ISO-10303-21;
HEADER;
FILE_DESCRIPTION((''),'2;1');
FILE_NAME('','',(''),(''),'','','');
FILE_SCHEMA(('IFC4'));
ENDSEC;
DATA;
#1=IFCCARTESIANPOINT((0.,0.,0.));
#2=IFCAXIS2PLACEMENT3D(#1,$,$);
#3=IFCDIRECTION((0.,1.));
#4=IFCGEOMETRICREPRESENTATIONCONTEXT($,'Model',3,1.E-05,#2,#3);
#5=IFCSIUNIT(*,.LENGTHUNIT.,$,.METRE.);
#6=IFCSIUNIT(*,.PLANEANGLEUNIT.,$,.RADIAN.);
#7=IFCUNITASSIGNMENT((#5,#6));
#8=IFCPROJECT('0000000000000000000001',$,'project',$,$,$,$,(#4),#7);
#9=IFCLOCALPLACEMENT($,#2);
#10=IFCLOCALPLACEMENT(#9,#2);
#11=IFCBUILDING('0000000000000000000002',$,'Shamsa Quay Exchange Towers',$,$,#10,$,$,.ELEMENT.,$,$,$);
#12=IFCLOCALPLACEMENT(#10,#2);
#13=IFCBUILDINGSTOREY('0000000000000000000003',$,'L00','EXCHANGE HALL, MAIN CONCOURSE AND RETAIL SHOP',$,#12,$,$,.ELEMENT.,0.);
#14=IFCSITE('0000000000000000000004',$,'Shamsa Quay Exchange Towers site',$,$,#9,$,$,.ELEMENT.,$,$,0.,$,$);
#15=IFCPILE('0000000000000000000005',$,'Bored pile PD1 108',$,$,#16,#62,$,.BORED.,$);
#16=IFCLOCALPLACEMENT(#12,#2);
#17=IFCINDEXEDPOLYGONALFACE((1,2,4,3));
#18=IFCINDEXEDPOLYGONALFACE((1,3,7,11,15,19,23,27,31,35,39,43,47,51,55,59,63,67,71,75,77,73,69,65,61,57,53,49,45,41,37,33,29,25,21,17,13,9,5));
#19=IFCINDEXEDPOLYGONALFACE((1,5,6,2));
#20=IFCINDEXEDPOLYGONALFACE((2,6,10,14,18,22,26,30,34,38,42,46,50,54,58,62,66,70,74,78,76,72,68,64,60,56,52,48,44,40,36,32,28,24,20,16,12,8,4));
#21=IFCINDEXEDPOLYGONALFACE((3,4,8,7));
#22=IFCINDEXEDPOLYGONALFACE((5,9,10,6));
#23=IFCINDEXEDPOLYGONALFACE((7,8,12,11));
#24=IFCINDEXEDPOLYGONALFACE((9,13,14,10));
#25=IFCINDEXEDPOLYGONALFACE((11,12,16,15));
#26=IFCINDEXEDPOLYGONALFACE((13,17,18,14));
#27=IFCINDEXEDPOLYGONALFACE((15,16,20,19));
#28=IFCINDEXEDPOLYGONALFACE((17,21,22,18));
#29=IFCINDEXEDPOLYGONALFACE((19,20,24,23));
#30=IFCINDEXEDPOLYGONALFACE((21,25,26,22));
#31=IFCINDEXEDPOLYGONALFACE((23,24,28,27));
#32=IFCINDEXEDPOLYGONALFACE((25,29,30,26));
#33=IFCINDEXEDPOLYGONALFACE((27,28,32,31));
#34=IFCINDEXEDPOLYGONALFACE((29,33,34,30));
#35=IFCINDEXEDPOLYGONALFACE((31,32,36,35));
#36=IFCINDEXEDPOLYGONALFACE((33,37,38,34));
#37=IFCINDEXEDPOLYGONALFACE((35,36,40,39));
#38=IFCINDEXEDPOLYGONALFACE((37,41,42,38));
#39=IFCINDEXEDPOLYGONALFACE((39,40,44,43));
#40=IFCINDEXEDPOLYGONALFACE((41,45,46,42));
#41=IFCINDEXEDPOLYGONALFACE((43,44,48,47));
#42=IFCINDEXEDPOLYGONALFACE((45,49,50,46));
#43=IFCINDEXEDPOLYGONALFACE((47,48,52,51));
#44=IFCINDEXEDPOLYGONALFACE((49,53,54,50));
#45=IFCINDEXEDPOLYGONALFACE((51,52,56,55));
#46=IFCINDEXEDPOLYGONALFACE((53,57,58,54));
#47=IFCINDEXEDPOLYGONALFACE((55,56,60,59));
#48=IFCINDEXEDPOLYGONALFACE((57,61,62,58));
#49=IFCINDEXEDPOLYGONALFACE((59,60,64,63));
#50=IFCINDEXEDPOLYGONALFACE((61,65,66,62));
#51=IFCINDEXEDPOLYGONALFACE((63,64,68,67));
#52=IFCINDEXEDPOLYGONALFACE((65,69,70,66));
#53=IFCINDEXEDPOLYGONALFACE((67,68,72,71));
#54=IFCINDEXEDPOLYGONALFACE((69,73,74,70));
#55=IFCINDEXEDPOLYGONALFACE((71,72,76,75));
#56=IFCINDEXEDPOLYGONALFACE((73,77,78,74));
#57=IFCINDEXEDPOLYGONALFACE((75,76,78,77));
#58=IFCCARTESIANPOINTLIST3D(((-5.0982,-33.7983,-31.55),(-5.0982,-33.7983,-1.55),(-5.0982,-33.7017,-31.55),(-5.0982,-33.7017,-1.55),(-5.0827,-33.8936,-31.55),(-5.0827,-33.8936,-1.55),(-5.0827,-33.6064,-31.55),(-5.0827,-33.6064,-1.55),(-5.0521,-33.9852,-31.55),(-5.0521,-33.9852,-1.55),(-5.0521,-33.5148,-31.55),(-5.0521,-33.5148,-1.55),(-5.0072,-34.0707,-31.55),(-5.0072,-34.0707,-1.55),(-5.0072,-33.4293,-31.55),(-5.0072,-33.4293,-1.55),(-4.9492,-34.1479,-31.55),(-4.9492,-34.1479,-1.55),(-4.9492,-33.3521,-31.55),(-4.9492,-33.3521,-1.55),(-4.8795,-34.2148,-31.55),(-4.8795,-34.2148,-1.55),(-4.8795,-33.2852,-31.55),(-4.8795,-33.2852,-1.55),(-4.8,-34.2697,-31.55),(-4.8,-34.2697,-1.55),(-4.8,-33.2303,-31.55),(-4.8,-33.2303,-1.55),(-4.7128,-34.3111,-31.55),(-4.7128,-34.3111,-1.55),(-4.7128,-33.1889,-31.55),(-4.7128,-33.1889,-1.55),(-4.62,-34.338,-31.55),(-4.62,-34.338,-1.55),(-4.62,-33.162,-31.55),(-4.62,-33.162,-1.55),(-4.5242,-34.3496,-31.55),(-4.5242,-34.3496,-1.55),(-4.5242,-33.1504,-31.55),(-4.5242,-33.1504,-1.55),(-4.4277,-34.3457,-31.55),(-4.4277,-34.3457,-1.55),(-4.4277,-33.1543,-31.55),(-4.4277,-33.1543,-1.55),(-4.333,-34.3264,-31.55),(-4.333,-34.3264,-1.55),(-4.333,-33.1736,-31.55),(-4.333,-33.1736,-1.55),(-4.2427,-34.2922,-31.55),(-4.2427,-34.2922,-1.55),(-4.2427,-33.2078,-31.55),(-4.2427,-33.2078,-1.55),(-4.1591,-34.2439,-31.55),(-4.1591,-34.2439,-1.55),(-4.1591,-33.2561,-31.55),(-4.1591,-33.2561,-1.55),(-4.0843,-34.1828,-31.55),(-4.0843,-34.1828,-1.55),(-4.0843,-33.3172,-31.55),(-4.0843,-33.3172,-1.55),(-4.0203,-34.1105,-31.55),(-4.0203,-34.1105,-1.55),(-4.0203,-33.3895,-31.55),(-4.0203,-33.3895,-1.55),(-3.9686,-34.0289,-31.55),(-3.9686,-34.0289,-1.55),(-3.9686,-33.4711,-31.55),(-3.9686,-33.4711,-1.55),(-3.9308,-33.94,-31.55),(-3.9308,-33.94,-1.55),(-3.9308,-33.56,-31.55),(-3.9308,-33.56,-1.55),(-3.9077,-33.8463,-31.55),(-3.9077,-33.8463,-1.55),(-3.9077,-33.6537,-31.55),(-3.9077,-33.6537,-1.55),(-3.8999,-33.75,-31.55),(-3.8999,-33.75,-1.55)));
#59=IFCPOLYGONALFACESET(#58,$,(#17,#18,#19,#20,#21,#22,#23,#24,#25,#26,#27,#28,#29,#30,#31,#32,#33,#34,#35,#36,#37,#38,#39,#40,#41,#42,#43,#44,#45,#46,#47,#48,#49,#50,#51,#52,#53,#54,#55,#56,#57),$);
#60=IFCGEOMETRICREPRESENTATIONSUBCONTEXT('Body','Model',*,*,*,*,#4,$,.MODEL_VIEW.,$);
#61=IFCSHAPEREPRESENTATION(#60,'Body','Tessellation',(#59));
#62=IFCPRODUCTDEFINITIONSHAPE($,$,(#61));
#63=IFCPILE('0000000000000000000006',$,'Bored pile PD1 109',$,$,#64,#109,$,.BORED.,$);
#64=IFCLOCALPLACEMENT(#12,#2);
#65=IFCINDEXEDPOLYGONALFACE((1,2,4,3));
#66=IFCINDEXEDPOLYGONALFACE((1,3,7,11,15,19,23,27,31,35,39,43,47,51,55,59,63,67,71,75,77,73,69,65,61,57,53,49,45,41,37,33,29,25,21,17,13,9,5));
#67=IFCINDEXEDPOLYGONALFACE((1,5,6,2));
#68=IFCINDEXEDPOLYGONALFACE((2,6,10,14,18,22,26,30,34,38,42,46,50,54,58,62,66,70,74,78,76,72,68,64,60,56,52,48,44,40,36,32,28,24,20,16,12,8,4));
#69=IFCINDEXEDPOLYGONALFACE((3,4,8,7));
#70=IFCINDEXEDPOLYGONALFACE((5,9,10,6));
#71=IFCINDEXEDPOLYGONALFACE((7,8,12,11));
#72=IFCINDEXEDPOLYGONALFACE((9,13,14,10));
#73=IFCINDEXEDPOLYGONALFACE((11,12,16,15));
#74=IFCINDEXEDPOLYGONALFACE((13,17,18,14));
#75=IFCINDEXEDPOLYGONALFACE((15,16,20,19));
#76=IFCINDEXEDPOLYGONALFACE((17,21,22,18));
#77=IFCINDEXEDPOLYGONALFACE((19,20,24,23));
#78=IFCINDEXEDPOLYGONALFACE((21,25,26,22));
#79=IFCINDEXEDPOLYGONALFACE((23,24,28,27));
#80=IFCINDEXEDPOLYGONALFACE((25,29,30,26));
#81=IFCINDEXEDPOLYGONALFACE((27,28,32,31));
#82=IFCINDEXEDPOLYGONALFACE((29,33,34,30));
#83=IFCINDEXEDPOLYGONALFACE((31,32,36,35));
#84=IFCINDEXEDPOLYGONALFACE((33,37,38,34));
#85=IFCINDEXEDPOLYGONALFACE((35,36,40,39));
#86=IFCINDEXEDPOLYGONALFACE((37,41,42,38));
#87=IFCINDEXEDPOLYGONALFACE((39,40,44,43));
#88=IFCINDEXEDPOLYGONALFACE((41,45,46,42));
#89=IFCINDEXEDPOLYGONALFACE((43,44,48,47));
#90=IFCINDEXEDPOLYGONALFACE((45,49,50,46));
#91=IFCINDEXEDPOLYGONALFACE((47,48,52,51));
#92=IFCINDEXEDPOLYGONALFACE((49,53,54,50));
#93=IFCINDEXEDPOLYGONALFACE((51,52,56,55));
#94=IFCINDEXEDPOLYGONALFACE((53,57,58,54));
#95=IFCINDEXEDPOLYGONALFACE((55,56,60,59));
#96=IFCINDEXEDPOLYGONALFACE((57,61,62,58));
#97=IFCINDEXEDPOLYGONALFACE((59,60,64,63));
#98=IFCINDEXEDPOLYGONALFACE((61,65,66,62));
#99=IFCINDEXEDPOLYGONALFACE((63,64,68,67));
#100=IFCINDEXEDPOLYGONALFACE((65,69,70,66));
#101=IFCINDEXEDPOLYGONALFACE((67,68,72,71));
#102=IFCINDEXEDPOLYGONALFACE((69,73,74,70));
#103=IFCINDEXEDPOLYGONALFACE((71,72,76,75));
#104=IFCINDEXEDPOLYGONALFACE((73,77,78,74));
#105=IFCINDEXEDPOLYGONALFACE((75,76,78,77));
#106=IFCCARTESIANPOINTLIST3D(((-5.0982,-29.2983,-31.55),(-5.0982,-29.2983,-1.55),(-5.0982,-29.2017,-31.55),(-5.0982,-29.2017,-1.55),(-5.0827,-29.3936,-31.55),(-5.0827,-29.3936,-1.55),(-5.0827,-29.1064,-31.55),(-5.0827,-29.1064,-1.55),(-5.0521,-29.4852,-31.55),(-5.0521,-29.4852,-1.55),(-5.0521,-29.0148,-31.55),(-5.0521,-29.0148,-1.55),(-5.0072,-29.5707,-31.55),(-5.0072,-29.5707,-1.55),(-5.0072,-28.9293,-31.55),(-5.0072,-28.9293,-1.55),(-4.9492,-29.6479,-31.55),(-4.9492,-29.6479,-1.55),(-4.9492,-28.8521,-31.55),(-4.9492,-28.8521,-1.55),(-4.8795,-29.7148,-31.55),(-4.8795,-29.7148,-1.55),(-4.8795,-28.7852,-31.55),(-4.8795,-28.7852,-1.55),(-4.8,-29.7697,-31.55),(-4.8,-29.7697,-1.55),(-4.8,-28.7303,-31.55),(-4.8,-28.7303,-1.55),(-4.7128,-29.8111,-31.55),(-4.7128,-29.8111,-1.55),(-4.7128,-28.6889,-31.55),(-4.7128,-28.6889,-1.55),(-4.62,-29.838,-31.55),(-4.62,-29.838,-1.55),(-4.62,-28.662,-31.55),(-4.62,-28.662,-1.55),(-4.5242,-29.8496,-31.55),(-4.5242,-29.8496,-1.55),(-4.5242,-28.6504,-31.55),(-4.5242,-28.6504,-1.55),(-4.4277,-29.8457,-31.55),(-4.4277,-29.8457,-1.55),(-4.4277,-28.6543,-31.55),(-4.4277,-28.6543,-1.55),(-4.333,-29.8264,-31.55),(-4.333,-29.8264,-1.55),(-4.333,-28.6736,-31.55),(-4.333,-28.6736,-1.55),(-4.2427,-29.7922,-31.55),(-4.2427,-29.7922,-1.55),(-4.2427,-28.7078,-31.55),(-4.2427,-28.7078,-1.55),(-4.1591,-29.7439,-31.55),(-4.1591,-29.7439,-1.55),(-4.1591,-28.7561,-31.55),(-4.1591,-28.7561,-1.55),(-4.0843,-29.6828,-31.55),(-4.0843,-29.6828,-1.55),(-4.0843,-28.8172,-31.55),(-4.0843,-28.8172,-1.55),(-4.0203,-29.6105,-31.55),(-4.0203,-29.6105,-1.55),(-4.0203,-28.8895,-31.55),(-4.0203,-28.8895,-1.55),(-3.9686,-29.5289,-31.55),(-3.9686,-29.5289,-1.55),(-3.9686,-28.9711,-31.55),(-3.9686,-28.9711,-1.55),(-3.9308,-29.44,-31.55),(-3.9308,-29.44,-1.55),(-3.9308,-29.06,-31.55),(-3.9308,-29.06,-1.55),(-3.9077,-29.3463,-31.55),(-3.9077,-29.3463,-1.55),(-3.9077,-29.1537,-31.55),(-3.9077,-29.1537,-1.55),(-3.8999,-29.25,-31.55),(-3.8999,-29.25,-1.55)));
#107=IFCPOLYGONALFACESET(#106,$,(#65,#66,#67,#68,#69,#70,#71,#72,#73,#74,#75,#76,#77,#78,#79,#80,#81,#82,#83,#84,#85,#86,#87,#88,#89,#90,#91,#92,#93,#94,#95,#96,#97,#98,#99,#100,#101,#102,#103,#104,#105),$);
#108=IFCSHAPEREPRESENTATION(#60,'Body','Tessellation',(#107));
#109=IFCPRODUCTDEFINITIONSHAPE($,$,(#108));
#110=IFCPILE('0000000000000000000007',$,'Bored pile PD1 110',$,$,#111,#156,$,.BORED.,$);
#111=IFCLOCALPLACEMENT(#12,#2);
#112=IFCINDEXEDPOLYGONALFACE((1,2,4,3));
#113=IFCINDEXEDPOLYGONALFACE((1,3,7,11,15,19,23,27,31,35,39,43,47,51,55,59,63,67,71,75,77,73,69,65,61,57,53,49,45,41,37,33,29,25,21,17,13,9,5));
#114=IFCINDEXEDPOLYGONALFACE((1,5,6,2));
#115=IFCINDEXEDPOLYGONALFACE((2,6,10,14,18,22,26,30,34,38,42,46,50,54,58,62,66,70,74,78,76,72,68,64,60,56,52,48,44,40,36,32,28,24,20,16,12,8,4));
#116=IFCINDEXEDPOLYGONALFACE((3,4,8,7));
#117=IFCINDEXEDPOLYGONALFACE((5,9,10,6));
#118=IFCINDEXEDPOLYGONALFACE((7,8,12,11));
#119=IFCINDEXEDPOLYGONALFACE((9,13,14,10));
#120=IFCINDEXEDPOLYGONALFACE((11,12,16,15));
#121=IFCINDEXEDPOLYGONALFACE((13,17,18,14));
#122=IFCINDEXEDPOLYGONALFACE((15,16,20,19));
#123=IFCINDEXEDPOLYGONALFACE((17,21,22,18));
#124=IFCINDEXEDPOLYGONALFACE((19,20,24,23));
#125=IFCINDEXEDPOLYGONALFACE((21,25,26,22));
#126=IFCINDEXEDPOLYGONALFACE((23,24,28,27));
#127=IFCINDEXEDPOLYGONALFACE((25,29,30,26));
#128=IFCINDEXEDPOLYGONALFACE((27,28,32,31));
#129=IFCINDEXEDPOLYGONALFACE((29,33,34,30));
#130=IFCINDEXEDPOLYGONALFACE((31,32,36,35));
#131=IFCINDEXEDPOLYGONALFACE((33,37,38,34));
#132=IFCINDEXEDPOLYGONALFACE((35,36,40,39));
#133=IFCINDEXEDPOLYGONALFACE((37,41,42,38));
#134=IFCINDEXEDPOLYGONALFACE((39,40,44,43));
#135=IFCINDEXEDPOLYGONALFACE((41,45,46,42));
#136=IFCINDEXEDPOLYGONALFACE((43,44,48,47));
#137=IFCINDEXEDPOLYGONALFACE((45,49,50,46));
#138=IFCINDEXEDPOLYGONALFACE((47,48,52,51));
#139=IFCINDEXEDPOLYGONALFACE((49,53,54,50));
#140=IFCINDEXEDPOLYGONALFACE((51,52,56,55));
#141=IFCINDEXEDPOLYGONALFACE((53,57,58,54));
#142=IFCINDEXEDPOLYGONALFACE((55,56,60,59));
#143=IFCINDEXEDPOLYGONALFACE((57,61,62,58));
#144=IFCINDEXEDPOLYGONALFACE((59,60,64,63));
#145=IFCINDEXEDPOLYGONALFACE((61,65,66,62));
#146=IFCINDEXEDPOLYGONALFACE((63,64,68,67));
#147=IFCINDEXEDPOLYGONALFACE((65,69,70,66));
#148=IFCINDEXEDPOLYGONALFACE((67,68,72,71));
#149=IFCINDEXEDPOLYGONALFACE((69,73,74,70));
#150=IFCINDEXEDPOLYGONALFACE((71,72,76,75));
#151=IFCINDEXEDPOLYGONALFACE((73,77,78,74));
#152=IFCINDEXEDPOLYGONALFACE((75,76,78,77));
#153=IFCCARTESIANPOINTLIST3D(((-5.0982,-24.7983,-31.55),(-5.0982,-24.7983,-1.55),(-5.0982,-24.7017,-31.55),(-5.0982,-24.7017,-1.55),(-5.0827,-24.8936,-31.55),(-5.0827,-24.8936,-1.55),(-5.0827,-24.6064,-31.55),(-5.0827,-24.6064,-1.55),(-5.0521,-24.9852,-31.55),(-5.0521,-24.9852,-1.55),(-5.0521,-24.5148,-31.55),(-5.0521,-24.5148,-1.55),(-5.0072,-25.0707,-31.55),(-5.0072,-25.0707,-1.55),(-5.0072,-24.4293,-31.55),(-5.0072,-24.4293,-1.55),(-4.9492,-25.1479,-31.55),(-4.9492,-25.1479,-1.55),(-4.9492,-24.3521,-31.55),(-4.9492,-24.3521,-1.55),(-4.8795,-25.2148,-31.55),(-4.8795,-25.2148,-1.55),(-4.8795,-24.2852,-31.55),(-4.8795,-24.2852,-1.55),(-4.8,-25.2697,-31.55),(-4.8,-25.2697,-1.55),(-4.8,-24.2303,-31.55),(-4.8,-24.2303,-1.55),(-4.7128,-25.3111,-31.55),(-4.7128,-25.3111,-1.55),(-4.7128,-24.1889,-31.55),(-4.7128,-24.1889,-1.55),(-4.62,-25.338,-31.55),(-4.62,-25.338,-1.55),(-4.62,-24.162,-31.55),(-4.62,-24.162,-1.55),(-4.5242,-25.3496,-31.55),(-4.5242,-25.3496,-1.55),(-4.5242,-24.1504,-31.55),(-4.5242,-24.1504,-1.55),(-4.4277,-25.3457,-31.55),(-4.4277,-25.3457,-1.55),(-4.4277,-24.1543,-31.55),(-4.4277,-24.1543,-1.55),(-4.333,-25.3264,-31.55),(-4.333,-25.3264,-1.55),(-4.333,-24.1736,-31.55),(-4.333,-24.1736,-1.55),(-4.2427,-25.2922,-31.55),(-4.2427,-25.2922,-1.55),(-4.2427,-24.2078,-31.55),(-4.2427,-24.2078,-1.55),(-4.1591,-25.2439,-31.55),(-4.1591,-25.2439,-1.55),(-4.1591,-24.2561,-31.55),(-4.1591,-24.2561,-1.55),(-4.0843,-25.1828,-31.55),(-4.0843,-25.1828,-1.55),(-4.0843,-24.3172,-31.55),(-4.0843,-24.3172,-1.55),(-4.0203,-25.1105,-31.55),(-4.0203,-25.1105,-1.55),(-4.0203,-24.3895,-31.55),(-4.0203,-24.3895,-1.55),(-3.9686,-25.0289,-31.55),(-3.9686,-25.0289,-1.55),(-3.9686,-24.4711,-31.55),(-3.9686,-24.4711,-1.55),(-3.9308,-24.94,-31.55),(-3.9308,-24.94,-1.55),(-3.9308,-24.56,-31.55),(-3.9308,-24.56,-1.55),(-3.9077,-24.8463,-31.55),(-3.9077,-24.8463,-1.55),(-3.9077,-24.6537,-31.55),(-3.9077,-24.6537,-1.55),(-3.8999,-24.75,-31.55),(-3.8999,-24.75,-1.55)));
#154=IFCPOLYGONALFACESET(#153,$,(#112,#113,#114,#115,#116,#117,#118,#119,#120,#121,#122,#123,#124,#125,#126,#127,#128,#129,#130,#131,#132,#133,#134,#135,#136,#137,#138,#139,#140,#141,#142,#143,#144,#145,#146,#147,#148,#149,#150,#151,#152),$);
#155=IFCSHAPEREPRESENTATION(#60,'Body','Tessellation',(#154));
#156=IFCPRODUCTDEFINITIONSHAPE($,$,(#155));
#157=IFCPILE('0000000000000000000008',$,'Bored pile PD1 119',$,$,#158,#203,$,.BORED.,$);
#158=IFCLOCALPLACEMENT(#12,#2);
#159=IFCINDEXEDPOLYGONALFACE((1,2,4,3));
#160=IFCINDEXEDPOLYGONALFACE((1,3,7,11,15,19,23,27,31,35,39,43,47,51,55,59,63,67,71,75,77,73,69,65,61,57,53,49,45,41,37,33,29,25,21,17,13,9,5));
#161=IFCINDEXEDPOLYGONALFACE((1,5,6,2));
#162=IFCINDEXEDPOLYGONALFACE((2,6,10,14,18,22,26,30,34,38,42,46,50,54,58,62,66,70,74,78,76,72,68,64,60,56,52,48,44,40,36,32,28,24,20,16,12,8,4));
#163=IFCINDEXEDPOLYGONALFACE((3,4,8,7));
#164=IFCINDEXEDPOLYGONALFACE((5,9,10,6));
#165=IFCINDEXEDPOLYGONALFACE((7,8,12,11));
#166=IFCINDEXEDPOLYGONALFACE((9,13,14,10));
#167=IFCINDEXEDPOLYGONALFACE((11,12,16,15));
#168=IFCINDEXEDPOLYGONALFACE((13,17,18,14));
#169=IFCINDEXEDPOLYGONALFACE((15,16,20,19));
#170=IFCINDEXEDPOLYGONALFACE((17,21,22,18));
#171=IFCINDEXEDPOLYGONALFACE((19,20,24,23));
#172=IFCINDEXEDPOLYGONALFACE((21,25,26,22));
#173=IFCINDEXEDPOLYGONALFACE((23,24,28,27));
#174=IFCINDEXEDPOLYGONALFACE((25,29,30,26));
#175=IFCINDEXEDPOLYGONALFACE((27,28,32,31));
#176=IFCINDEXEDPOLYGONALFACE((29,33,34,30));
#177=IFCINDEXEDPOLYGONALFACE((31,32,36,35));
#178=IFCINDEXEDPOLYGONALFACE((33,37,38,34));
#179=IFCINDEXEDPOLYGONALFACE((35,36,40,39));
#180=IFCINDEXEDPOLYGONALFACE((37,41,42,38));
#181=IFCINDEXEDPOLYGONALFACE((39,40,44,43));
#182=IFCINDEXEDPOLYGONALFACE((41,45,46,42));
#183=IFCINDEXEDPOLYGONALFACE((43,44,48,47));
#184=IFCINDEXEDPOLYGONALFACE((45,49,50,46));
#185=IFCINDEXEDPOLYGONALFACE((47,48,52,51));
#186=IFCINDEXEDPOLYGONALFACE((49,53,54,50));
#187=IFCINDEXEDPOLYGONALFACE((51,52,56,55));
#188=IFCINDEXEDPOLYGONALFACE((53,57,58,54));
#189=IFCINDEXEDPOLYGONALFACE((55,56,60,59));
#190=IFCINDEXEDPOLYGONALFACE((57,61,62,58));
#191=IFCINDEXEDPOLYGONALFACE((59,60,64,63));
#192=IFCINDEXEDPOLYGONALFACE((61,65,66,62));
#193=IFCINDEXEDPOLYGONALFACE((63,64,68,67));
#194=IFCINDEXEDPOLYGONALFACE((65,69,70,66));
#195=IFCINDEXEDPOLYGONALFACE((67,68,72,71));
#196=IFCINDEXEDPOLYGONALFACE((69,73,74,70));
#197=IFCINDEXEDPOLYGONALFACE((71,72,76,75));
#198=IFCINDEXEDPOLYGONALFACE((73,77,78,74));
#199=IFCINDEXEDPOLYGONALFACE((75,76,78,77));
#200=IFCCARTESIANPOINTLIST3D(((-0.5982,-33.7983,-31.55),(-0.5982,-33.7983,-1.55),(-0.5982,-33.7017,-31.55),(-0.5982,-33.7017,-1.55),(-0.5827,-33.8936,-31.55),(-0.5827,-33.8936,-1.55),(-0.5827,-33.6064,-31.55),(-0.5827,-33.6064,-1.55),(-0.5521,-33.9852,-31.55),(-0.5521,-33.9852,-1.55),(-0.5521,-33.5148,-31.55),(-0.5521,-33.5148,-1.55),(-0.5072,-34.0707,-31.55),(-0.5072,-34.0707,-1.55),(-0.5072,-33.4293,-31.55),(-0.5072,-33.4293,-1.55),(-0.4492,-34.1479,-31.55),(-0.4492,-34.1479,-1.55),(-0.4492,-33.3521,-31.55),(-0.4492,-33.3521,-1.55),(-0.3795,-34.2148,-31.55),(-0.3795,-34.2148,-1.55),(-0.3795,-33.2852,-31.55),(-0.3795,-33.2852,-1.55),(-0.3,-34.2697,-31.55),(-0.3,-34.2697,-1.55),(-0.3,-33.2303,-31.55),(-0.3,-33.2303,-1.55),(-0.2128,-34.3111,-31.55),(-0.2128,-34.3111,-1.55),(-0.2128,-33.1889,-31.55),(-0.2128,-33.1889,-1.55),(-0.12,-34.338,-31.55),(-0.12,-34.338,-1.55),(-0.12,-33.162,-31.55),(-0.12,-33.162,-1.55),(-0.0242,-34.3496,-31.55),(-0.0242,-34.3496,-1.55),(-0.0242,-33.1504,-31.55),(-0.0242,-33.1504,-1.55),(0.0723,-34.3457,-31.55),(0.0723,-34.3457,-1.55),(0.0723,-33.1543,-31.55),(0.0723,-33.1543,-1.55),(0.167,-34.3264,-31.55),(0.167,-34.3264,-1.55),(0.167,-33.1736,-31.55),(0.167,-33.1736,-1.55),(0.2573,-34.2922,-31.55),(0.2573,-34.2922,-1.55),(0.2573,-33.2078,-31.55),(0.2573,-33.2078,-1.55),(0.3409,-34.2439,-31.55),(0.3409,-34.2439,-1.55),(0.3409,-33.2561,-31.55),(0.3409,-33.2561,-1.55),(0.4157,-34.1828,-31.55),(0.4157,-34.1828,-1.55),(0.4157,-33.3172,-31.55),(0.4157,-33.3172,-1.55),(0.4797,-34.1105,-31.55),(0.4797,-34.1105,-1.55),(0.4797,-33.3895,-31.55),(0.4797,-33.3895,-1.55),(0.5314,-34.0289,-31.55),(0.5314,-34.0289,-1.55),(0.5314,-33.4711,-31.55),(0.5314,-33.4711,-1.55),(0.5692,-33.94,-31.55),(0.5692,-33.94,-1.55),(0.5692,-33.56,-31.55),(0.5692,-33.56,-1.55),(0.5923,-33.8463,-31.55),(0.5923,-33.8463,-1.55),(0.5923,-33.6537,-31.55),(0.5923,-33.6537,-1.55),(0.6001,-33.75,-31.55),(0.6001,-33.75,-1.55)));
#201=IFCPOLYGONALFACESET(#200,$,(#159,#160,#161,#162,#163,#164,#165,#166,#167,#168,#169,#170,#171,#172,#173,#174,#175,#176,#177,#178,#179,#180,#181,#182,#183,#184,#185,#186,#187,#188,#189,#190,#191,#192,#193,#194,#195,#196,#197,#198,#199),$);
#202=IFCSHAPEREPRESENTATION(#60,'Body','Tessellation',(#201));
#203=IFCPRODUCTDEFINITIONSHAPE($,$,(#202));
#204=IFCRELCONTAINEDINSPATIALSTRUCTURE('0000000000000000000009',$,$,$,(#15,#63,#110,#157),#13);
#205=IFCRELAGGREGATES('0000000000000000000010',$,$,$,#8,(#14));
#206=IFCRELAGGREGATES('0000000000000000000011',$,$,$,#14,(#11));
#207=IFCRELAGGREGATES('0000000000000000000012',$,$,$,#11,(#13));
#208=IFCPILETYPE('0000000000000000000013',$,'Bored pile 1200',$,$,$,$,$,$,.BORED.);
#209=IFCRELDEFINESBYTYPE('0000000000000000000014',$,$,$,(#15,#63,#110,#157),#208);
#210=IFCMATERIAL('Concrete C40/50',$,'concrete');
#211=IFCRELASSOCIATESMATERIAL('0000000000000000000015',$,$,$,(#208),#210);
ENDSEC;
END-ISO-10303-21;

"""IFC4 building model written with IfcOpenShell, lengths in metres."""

from ifc_helpers import new_model, si_unit, direction, frame, origin, origin_2d, place, context, subcontext, project, spatial, circle, extrude, material, material_profile, profile_set, type_object, element, save


model = new_model("IFC4")

# Units and contexts
model_context = context("Model", 3, precision=1e-05, world=origin(), true_north=direction((0.0, 1.0)))
body_context = subcontext(model_context, "Body", "Model", "MODEL_VIEW")
ifc_project = project(units=[si_unit("LENGTHUNIT", "METRE"), si_unit("PLANEANGLEUNIT", "RADIAN")], contexts=[model_context])

# Site, building, storey
site_placement = place(None, origin())
site = spatial("IfcSite", under=ifc_project, at=site_placement, Name="Shamsa Quay Exchange Towers site", CompositionType="ELEMENT", RefElevation=0.0)
building_placement = place(site_placement, origin())
building = spatial("IfcBuilding", under=site, at=building_placement, Name="Shamsa Quay Exchange Towers", CompositionType="ELEMENT")
storey_placement = place(building_placement, origin())
storey = spatial("IfcBuildingStorey", under=building, at=storey_placement, Name="L00", Description="EXCHANGE HALL, MAIN CONCOURSE AND RETAIL SHOP", CompositionType="ELEMENT", Elevation=0.0)

# Piles
ifc_material_1 = material(Name="Concrete C40/50", Category="concrete")
ifc_material_profile_1 = material_profile(ifc_material_1, circle(Radius=0.6001, at=origin_2d()), Name="BP1200")
ifc_profile_set_1 = profile_set([ifc_material_profile_1], Name="Concrete C40/50")
pile_type = type_object("IfcPileType", Name="Bored pile 1200", PredefinedType="BORED", material=ifc_profile_set_1)
for number, where, z_axis, x_axis, name in (
    (1, (-4.5, -33.75, -1.55), (0.0, 0.0, -1.0), (1.0, 0.0, 0.0), "Bored pile PD1 108"),
    (2, (-4.5, -29.25, -1.55), (0.0, 0.0, -1.0), (1.0, 0.0, 0.0), "Bored pile PD1 109"),
    (3, (-4.5, -24.75, -1.55), (0.0, 0.0, -1.0), (1.0, 0.0, 0.0), "Bored pile PD1 110"),
    (4, (0.0, -33.75, -1.55), (0.0, 0.0, -1.0), (1.0, 0.0, 0.0), "Bored pile PD1 119"),
):
    element("IfcPile", number, at=place(storey_placement, frame(where, z_axis=z_axis, x_axis=x_axis)), inside=storey, type_object=pile_type, Name=name, PredefinedType="BORED", context=body_context, shape_type="SweptSolid", body=[
        extrude(circle(Radius=0.6001, at=origin_2d()), origin(), (0.0, 0.0, 1.0), 30.0),
    ])

save(model, "model.ifc")
